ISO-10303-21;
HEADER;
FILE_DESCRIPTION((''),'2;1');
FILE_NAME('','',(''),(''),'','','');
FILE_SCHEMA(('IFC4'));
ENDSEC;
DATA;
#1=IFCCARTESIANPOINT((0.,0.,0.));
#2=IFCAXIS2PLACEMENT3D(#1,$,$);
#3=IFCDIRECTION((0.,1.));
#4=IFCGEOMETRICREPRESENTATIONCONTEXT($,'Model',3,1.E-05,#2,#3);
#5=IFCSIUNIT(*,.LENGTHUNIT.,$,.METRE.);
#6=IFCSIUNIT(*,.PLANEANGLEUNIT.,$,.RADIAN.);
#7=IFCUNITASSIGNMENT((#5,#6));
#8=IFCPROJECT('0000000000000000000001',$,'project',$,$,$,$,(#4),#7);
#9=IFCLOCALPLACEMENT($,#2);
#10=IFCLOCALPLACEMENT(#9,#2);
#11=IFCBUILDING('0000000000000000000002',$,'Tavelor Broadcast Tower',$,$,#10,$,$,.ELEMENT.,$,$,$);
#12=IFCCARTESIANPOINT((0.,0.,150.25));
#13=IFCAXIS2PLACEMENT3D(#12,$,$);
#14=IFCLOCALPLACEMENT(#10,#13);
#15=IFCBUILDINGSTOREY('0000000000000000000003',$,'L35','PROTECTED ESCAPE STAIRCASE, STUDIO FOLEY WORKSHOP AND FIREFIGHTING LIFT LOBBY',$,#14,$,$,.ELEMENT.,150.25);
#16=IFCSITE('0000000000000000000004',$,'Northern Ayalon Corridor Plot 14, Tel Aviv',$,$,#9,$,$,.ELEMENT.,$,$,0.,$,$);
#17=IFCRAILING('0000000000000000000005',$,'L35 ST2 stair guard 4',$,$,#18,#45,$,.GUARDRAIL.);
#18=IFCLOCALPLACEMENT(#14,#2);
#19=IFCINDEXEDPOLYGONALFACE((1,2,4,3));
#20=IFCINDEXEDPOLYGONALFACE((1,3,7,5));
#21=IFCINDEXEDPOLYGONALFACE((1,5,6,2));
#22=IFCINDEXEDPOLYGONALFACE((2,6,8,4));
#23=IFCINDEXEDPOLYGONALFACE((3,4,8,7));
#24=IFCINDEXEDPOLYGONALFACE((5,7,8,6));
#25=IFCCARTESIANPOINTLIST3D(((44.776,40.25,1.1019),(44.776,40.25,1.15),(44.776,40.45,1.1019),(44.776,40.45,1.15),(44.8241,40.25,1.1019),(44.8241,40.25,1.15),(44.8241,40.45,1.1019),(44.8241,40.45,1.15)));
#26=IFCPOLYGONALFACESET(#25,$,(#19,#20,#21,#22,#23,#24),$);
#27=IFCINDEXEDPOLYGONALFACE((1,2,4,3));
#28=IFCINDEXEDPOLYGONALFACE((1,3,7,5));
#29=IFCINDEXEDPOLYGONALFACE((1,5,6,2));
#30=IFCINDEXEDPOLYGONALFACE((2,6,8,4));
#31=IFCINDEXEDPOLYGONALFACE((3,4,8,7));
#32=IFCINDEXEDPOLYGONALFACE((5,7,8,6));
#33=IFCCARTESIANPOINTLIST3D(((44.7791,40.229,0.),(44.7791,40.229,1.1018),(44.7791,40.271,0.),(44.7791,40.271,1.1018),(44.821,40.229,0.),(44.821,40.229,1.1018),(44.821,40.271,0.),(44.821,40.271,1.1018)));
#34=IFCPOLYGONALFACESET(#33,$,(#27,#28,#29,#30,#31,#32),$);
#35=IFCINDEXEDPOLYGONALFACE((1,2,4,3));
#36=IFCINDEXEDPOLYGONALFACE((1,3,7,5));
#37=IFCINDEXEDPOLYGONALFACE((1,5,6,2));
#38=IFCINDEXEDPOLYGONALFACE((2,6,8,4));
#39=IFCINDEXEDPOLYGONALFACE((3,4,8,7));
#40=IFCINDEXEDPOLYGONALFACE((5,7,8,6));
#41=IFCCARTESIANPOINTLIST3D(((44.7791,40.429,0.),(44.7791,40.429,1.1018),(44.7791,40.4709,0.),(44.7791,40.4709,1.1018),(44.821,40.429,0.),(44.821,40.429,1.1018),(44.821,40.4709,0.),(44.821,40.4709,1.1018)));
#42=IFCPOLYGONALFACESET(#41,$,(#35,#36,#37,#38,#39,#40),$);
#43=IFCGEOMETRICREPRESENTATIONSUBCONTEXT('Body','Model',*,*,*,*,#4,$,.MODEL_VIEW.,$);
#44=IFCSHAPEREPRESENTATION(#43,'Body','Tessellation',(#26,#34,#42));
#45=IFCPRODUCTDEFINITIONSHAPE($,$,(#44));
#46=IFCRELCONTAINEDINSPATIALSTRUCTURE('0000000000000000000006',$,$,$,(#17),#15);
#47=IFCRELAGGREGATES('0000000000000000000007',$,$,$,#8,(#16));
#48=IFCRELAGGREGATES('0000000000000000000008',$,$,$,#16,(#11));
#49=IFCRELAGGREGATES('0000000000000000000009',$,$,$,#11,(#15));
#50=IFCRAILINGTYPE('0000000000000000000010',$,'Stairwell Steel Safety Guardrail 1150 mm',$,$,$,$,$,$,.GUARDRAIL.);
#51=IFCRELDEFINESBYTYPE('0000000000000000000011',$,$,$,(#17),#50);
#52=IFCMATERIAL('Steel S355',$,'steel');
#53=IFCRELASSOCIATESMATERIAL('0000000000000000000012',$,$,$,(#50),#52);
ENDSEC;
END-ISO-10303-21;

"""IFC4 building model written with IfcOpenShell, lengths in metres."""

from ifc_helpers import new_model, si_unit, direction, frame, origin, origin_2d, place, context, subcontext, project, spatial, rectangle, extrude, material, type_object, element, save


model = new_model("IFC4")

# Units and contexts
model_context = context("Model", 3, precision=1e-05, world=origin(), true_north=direction((0.0, 1.0)))
body_context = subcontext(model_context, "Body", "Model", "MODEL_VIEW")
ifc_project = project(units=[si_unit("LENGTHUNIT", "METRE"), si_unit("PLANEANGLEUNIT", "RADIAN")], contexts=[model_context])

# Site, building, storey
site_placement = place(None, origin())
site = spatial("IfcSite", under=ifc_project, at=site_placement, Name="Northern Ayalon Corridor Plot 14, Tel Aviv", CompositionType="ELEMENT", RefElevation=0.0)
building_placement = place(site_placement, origin())
building = spatial("IfcBuilding", under=site, at=building_placement, Name="Tavelor Broadcast Tower", CompositionType="ELEMENT")
storey_placement = place(building_placement, frame((0.0, 0.0, 150.25)))
storey = spatial("IfcBuildingStorey", under=building, at=storey_placement, Name="L35", Description="PROTECTED ESCAPE STAIRCASE, STUDIO FOLEY WORKSHOP AND FIREFIGHTING LIFT LOBBY", CompositionType="ELEMENT", Elevation=150.25)

# Shared definitions
ifc_material_1 = material(Name="Steel S355", Category="steel")

# Railing
railing_type_1 = type_object("IfcRailingType", Name="Stairwell Steel Safety Guardrail 1150 mm", PredefinedType="GUARDRAIL", material=ifc_material_1)
railing_1_placement = place(storey_placement, frame((44.8, 40.25, 0.0)))
element("IfcRailing", 1, at=railing_1_placement, inside=storey, type_object=railing_type_1, Name="L35 ST2 stair guard 4", PredefinedType="GUARDRAIL", context=body_context, shape_type="SweptSolid", body=[
    extrude(rectangle(XDim=0.0481, YDim=0.0481, at=origin_2d()), frame((0.0, 0.0, 1.126), z_axis=(0.0, 1.0, 0.0), x_axis=(-1.0, 0.0, 0.0)), (0.0, 0.0, 1.0), 0.2),
    extrude(rectangle(XDim=0.042, YDim=0.042, at=origin_2d()), origin(), (0.0, 0.0, 1.0), 1.1018),
    extrude(rectangle(XDim=0.042, YDim=0.042, at=origin_2d()), frame((0.0, 0.2, 0.0)), (0.0, 0.0, 1.0), 1.1018),
])

save(model, "model.ifc")
